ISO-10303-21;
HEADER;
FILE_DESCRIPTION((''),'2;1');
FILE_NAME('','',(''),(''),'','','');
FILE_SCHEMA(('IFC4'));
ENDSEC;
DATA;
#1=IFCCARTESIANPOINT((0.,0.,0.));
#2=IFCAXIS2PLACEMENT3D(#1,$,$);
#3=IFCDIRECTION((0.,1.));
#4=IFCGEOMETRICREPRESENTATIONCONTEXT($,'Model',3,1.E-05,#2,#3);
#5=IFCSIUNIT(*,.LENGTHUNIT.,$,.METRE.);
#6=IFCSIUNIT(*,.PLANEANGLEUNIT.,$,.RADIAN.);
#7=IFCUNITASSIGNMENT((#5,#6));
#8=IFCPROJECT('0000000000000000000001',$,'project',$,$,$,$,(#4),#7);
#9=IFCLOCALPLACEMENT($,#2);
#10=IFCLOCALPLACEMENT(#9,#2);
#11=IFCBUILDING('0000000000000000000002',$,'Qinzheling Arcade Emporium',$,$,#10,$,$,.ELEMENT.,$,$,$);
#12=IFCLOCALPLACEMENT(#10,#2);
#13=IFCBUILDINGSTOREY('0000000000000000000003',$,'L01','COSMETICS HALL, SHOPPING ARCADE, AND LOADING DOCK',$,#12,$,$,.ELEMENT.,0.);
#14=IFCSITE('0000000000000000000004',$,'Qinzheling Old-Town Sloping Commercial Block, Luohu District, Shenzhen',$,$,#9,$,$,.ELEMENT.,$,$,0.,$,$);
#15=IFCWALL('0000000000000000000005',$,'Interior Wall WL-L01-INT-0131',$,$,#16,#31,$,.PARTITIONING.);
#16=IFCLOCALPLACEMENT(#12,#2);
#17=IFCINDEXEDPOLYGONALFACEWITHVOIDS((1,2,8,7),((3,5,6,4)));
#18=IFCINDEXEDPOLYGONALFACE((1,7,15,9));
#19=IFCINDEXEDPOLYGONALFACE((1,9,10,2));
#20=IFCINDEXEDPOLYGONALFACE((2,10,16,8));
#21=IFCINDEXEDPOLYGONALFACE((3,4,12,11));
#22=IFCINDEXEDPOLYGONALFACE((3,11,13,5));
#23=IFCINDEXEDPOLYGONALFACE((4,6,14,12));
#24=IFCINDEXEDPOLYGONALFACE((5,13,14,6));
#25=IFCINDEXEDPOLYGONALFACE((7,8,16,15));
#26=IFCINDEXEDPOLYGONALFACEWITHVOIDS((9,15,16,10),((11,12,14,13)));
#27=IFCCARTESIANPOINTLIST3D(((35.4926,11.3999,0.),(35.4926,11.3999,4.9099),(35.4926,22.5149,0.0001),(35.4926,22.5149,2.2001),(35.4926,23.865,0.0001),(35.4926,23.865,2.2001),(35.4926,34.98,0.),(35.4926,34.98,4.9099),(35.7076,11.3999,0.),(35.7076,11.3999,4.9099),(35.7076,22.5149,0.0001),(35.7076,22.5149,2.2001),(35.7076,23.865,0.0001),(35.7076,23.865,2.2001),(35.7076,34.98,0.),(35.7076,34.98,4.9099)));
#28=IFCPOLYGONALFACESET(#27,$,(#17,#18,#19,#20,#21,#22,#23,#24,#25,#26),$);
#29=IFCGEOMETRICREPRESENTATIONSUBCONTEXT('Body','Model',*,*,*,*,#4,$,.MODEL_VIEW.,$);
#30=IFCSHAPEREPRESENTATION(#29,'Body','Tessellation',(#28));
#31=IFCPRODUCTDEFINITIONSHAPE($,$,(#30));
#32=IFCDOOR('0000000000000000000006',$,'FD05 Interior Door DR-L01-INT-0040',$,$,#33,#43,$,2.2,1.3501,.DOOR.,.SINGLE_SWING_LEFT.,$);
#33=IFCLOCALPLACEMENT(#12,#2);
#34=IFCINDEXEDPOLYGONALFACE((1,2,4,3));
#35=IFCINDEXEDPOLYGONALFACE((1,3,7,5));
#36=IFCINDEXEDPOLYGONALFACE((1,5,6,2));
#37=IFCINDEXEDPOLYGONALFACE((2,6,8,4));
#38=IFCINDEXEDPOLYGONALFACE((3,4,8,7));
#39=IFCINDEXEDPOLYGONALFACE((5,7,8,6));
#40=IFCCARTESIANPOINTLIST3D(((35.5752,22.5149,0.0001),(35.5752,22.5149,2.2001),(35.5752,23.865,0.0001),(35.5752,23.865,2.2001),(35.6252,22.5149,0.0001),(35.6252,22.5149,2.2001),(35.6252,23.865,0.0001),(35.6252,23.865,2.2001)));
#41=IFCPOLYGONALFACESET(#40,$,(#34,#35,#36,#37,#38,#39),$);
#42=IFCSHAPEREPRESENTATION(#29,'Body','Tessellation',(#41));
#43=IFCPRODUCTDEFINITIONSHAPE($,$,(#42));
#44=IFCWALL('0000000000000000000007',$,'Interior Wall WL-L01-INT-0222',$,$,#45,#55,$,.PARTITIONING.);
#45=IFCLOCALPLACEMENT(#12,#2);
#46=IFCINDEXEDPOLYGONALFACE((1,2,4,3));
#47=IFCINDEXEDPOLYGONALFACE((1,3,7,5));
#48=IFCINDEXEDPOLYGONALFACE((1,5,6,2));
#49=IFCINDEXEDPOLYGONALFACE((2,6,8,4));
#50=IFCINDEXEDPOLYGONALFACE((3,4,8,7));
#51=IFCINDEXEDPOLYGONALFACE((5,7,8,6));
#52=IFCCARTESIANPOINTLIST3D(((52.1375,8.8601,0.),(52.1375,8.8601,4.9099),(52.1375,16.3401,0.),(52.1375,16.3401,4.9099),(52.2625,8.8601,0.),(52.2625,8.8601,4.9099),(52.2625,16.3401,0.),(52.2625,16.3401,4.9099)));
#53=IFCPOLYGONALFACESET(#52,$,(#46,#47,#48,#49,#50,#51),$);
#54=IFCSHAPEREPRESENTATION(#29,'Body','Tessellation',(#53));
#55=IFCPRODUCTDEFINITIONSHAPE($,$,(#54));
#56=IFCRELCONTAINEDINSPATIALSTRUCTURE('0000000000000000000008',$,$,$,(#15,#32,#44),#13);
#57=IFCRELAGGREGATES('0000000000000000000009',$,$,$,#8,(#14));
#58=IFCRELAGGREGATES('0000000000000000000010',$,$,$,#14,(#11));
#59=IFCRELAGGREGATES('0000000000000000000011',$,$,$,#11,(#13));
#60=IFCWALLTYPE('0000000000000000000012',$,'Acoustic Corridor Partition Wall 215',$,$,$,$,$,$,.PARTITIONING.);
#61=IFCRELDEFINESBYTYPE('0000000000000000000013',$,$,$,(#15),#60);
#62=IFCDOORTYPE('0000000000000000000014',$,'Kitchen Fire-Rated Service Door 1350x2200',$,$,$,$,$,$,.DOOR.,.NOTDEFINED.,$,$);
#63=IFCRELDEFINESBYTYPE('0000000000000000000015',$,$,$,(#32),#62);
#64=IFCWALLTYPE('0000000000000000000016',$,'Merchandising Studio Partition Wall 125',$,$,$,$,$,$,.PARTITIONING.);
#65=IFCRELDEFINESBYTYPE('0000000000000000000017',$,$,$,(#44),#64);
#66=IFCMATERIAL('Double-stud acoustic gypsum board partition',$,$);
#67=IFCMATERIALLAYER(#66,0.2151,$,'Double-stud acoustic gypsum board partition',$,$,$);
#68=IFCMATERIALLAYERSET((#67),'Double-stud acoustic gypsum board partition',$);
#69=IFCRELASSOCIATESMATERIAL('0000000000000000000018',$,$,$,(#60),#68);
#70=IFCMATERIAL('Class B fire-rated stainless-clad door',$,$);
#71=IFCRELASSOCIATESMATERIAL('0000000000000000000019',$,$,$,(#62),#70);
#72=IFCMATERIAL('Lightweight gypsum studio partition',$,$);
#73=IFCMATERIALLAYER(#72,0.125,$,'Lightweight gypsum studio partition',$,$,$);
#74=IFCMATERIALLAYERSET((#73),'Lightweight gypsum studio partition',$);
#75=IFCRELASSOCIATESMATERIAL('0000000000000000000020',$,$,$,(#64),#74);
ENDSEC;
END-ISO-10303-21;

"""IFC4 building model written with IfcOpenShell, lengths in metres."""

from ifc_helpers import new_model, si_unit, direction, frame, frame_2d, origin, place, context, subcontext, project, spatial, rectangle, extrude, material, layer, layer_set, type_object, element, fill, save


model = new_model("IFC4")

# Units and contexts
model_context = context("Model", 3, precision=1e-05, world=origin(), true_north=direction((0.0, 1.0)))
body_context = subcontext(model_context, "Body", "Model", "MODEL_VIEW")
ifc_project = project(units=[si_unit("LENGTHUNIT", "METRE"), si_unit("PLANEANGLEUNIT", "RADIAN")], contexts=[model_context])

# Site, building, storey
site_placement = place(None, origin())
site = spatial("IfcSite", under=ifc_project, at=site_placement, Name="Qinzheling Old-Town Sloping Commercial Block, Luohu District, Shenzhen", CompositionType="ELEMENT", RefElevation=0.0)
building_placement = place(site_placement, origin())
building = spatial("IfcBuilding", under=site, at=building_placement, Name="Qinzheling Arcade Emporium", CompositionType="ELEMENT")
storey_placement = place(building_placement, origin())
storey = spatial("IfcBuildingStorey", under=building, at=storey_placement, Name="L01", Description="COSMETICS HALL, SHOPPING ARCADE, AND LOADING DOCK", CompositionType="ELEMENT", Elevation=0.0)

# Wall, opening, door
ifc_material_1 = material(Name="Double-stud acoustic gypsum board partition")
ifc_layer_1 = layer(ifc_material_1, 0.2151, Name="Double-stud acoustic gypsum board partition")
ifc_layer_set_1 = layer_set([ifc_layer_1], Name="Double-stud acoustic gypsum board partition")
wall_type_1 = type_object("IfcWallType", Name="Acoustic Corridor Partition Wall 215", PredefinedType="PARTITIONING", material=ifc_layer_set_1)
wall_1_placement = place(storey_placement, frame((35.6001, 11.3999, 0.0), z_axis=(0.0, 0.0, 1.0), x_axis=(0.0, 1.0, 0.0)))
wall_1 = element("IfcWall", 1, at=wall_1_placement, inside=storey, type_object=wall_type_1, Name="Interior Wall WL-L01-INT-0131", PredefinedType="PARTITIONING", context=body_context, shape_type="SweptSolid", body=[
    extrude(rectangle(XDim=23.5801, YDim=0.2151, at=frame_2d((11.79, 0.0))), origin(), (0.0, 0.0, 1.0), 4.9099),
])
opening_placement = place(wall_1_placement, frame((11.115, 0.0, 0.0)))
opening = element("IfcOpeningElement", 2, at=opening_placement, cuts=wall_1, PredefinedType="OPENING", context=body_context, shape_type="SweptSolid", body=[
    extrude(rectangle(XDim=1.3501, YDim=2.2, at=frame_2d((0.675, 1.1001))), frame((0.0, 0.1177, 0.0), z_axis=(0.0, -1.0, 0.0), x_axis=(1.0, 0.0, 0.0)), (0.0, 0.0, 1.0), 0.2351),
])
ifc_material_2 = material(Name="Class B fire-rated stainless-clad door")
door_type = type_object("IfcDoorType", Name="Kitchen Fire-Rated Service Door 1350x2200", OperationType="NOTDEFINED", PredefinedType="DOOR", material=ifc_material_2)
door_placement = place(opening_placement, origin())
door = element("IfcDoor", 3, at=door_placement, inside=storey, type_object=door_type, Name="FD05 Interior Door DR-L01-INT-0040", OperationType="SINGLE_SWING_LEFT", OverallHeight=2.2, OverallWidth=1.3501, PredefinedType="DOOR", context=body_context, shape_type="SweptSolid", body=[
    extrude(rectangle(XDim=1.3501, YDim=2.2, at=frame_2d((0.675, 1.1001))), frame((0.0, 0.0249, 0.0), z_axis=(0.0, -1.0, 0.0), x_axis=(1.0, 0.0, 0.0)), (0.0, 0.0, 1.0), 0.05),
])
fill(opening, door)

# Wall
ifc_material_3 = material(Name="Lightweight gypsum studio partition")
ifc_layer_2 = layer(ifc_material_3, 0.125, Name="Lightweight gypsum studio partition")
ifc_layer_set_2 = layer_set([ifc_layer_2], Name="Lightweight gypsum studio partition")
wall_type_2 = type_object("IfcWallType", Name="Merchandising Studio Partition Wall 125", PredefinedType="PARTITIONING", material=ifc_layer_set_2)
wall_2_placement = place(storey_placement, frame((52.2, 16.3401, 0.0), z_axis=(0.0, 0.0, 1.0), x_axis=(0.0, -1.0, 0.0)))
element("IfcWall", 4, at=wall_2_placement, inside=storey, type_object=wall_type_2, Name="Interior Wall WL-L01-INT-0222", PredefinedType="PARTITIONING", context=body_context, shape_type="SweptSolid", body=[
    extrude(rectangle(XDim=7.48, YDim=0.125, at=frame_2d((3.74, 0.0))), origin(), (0.0, 0.0, 1.0), 4.9099),
])

save(model, "model.ifc")
